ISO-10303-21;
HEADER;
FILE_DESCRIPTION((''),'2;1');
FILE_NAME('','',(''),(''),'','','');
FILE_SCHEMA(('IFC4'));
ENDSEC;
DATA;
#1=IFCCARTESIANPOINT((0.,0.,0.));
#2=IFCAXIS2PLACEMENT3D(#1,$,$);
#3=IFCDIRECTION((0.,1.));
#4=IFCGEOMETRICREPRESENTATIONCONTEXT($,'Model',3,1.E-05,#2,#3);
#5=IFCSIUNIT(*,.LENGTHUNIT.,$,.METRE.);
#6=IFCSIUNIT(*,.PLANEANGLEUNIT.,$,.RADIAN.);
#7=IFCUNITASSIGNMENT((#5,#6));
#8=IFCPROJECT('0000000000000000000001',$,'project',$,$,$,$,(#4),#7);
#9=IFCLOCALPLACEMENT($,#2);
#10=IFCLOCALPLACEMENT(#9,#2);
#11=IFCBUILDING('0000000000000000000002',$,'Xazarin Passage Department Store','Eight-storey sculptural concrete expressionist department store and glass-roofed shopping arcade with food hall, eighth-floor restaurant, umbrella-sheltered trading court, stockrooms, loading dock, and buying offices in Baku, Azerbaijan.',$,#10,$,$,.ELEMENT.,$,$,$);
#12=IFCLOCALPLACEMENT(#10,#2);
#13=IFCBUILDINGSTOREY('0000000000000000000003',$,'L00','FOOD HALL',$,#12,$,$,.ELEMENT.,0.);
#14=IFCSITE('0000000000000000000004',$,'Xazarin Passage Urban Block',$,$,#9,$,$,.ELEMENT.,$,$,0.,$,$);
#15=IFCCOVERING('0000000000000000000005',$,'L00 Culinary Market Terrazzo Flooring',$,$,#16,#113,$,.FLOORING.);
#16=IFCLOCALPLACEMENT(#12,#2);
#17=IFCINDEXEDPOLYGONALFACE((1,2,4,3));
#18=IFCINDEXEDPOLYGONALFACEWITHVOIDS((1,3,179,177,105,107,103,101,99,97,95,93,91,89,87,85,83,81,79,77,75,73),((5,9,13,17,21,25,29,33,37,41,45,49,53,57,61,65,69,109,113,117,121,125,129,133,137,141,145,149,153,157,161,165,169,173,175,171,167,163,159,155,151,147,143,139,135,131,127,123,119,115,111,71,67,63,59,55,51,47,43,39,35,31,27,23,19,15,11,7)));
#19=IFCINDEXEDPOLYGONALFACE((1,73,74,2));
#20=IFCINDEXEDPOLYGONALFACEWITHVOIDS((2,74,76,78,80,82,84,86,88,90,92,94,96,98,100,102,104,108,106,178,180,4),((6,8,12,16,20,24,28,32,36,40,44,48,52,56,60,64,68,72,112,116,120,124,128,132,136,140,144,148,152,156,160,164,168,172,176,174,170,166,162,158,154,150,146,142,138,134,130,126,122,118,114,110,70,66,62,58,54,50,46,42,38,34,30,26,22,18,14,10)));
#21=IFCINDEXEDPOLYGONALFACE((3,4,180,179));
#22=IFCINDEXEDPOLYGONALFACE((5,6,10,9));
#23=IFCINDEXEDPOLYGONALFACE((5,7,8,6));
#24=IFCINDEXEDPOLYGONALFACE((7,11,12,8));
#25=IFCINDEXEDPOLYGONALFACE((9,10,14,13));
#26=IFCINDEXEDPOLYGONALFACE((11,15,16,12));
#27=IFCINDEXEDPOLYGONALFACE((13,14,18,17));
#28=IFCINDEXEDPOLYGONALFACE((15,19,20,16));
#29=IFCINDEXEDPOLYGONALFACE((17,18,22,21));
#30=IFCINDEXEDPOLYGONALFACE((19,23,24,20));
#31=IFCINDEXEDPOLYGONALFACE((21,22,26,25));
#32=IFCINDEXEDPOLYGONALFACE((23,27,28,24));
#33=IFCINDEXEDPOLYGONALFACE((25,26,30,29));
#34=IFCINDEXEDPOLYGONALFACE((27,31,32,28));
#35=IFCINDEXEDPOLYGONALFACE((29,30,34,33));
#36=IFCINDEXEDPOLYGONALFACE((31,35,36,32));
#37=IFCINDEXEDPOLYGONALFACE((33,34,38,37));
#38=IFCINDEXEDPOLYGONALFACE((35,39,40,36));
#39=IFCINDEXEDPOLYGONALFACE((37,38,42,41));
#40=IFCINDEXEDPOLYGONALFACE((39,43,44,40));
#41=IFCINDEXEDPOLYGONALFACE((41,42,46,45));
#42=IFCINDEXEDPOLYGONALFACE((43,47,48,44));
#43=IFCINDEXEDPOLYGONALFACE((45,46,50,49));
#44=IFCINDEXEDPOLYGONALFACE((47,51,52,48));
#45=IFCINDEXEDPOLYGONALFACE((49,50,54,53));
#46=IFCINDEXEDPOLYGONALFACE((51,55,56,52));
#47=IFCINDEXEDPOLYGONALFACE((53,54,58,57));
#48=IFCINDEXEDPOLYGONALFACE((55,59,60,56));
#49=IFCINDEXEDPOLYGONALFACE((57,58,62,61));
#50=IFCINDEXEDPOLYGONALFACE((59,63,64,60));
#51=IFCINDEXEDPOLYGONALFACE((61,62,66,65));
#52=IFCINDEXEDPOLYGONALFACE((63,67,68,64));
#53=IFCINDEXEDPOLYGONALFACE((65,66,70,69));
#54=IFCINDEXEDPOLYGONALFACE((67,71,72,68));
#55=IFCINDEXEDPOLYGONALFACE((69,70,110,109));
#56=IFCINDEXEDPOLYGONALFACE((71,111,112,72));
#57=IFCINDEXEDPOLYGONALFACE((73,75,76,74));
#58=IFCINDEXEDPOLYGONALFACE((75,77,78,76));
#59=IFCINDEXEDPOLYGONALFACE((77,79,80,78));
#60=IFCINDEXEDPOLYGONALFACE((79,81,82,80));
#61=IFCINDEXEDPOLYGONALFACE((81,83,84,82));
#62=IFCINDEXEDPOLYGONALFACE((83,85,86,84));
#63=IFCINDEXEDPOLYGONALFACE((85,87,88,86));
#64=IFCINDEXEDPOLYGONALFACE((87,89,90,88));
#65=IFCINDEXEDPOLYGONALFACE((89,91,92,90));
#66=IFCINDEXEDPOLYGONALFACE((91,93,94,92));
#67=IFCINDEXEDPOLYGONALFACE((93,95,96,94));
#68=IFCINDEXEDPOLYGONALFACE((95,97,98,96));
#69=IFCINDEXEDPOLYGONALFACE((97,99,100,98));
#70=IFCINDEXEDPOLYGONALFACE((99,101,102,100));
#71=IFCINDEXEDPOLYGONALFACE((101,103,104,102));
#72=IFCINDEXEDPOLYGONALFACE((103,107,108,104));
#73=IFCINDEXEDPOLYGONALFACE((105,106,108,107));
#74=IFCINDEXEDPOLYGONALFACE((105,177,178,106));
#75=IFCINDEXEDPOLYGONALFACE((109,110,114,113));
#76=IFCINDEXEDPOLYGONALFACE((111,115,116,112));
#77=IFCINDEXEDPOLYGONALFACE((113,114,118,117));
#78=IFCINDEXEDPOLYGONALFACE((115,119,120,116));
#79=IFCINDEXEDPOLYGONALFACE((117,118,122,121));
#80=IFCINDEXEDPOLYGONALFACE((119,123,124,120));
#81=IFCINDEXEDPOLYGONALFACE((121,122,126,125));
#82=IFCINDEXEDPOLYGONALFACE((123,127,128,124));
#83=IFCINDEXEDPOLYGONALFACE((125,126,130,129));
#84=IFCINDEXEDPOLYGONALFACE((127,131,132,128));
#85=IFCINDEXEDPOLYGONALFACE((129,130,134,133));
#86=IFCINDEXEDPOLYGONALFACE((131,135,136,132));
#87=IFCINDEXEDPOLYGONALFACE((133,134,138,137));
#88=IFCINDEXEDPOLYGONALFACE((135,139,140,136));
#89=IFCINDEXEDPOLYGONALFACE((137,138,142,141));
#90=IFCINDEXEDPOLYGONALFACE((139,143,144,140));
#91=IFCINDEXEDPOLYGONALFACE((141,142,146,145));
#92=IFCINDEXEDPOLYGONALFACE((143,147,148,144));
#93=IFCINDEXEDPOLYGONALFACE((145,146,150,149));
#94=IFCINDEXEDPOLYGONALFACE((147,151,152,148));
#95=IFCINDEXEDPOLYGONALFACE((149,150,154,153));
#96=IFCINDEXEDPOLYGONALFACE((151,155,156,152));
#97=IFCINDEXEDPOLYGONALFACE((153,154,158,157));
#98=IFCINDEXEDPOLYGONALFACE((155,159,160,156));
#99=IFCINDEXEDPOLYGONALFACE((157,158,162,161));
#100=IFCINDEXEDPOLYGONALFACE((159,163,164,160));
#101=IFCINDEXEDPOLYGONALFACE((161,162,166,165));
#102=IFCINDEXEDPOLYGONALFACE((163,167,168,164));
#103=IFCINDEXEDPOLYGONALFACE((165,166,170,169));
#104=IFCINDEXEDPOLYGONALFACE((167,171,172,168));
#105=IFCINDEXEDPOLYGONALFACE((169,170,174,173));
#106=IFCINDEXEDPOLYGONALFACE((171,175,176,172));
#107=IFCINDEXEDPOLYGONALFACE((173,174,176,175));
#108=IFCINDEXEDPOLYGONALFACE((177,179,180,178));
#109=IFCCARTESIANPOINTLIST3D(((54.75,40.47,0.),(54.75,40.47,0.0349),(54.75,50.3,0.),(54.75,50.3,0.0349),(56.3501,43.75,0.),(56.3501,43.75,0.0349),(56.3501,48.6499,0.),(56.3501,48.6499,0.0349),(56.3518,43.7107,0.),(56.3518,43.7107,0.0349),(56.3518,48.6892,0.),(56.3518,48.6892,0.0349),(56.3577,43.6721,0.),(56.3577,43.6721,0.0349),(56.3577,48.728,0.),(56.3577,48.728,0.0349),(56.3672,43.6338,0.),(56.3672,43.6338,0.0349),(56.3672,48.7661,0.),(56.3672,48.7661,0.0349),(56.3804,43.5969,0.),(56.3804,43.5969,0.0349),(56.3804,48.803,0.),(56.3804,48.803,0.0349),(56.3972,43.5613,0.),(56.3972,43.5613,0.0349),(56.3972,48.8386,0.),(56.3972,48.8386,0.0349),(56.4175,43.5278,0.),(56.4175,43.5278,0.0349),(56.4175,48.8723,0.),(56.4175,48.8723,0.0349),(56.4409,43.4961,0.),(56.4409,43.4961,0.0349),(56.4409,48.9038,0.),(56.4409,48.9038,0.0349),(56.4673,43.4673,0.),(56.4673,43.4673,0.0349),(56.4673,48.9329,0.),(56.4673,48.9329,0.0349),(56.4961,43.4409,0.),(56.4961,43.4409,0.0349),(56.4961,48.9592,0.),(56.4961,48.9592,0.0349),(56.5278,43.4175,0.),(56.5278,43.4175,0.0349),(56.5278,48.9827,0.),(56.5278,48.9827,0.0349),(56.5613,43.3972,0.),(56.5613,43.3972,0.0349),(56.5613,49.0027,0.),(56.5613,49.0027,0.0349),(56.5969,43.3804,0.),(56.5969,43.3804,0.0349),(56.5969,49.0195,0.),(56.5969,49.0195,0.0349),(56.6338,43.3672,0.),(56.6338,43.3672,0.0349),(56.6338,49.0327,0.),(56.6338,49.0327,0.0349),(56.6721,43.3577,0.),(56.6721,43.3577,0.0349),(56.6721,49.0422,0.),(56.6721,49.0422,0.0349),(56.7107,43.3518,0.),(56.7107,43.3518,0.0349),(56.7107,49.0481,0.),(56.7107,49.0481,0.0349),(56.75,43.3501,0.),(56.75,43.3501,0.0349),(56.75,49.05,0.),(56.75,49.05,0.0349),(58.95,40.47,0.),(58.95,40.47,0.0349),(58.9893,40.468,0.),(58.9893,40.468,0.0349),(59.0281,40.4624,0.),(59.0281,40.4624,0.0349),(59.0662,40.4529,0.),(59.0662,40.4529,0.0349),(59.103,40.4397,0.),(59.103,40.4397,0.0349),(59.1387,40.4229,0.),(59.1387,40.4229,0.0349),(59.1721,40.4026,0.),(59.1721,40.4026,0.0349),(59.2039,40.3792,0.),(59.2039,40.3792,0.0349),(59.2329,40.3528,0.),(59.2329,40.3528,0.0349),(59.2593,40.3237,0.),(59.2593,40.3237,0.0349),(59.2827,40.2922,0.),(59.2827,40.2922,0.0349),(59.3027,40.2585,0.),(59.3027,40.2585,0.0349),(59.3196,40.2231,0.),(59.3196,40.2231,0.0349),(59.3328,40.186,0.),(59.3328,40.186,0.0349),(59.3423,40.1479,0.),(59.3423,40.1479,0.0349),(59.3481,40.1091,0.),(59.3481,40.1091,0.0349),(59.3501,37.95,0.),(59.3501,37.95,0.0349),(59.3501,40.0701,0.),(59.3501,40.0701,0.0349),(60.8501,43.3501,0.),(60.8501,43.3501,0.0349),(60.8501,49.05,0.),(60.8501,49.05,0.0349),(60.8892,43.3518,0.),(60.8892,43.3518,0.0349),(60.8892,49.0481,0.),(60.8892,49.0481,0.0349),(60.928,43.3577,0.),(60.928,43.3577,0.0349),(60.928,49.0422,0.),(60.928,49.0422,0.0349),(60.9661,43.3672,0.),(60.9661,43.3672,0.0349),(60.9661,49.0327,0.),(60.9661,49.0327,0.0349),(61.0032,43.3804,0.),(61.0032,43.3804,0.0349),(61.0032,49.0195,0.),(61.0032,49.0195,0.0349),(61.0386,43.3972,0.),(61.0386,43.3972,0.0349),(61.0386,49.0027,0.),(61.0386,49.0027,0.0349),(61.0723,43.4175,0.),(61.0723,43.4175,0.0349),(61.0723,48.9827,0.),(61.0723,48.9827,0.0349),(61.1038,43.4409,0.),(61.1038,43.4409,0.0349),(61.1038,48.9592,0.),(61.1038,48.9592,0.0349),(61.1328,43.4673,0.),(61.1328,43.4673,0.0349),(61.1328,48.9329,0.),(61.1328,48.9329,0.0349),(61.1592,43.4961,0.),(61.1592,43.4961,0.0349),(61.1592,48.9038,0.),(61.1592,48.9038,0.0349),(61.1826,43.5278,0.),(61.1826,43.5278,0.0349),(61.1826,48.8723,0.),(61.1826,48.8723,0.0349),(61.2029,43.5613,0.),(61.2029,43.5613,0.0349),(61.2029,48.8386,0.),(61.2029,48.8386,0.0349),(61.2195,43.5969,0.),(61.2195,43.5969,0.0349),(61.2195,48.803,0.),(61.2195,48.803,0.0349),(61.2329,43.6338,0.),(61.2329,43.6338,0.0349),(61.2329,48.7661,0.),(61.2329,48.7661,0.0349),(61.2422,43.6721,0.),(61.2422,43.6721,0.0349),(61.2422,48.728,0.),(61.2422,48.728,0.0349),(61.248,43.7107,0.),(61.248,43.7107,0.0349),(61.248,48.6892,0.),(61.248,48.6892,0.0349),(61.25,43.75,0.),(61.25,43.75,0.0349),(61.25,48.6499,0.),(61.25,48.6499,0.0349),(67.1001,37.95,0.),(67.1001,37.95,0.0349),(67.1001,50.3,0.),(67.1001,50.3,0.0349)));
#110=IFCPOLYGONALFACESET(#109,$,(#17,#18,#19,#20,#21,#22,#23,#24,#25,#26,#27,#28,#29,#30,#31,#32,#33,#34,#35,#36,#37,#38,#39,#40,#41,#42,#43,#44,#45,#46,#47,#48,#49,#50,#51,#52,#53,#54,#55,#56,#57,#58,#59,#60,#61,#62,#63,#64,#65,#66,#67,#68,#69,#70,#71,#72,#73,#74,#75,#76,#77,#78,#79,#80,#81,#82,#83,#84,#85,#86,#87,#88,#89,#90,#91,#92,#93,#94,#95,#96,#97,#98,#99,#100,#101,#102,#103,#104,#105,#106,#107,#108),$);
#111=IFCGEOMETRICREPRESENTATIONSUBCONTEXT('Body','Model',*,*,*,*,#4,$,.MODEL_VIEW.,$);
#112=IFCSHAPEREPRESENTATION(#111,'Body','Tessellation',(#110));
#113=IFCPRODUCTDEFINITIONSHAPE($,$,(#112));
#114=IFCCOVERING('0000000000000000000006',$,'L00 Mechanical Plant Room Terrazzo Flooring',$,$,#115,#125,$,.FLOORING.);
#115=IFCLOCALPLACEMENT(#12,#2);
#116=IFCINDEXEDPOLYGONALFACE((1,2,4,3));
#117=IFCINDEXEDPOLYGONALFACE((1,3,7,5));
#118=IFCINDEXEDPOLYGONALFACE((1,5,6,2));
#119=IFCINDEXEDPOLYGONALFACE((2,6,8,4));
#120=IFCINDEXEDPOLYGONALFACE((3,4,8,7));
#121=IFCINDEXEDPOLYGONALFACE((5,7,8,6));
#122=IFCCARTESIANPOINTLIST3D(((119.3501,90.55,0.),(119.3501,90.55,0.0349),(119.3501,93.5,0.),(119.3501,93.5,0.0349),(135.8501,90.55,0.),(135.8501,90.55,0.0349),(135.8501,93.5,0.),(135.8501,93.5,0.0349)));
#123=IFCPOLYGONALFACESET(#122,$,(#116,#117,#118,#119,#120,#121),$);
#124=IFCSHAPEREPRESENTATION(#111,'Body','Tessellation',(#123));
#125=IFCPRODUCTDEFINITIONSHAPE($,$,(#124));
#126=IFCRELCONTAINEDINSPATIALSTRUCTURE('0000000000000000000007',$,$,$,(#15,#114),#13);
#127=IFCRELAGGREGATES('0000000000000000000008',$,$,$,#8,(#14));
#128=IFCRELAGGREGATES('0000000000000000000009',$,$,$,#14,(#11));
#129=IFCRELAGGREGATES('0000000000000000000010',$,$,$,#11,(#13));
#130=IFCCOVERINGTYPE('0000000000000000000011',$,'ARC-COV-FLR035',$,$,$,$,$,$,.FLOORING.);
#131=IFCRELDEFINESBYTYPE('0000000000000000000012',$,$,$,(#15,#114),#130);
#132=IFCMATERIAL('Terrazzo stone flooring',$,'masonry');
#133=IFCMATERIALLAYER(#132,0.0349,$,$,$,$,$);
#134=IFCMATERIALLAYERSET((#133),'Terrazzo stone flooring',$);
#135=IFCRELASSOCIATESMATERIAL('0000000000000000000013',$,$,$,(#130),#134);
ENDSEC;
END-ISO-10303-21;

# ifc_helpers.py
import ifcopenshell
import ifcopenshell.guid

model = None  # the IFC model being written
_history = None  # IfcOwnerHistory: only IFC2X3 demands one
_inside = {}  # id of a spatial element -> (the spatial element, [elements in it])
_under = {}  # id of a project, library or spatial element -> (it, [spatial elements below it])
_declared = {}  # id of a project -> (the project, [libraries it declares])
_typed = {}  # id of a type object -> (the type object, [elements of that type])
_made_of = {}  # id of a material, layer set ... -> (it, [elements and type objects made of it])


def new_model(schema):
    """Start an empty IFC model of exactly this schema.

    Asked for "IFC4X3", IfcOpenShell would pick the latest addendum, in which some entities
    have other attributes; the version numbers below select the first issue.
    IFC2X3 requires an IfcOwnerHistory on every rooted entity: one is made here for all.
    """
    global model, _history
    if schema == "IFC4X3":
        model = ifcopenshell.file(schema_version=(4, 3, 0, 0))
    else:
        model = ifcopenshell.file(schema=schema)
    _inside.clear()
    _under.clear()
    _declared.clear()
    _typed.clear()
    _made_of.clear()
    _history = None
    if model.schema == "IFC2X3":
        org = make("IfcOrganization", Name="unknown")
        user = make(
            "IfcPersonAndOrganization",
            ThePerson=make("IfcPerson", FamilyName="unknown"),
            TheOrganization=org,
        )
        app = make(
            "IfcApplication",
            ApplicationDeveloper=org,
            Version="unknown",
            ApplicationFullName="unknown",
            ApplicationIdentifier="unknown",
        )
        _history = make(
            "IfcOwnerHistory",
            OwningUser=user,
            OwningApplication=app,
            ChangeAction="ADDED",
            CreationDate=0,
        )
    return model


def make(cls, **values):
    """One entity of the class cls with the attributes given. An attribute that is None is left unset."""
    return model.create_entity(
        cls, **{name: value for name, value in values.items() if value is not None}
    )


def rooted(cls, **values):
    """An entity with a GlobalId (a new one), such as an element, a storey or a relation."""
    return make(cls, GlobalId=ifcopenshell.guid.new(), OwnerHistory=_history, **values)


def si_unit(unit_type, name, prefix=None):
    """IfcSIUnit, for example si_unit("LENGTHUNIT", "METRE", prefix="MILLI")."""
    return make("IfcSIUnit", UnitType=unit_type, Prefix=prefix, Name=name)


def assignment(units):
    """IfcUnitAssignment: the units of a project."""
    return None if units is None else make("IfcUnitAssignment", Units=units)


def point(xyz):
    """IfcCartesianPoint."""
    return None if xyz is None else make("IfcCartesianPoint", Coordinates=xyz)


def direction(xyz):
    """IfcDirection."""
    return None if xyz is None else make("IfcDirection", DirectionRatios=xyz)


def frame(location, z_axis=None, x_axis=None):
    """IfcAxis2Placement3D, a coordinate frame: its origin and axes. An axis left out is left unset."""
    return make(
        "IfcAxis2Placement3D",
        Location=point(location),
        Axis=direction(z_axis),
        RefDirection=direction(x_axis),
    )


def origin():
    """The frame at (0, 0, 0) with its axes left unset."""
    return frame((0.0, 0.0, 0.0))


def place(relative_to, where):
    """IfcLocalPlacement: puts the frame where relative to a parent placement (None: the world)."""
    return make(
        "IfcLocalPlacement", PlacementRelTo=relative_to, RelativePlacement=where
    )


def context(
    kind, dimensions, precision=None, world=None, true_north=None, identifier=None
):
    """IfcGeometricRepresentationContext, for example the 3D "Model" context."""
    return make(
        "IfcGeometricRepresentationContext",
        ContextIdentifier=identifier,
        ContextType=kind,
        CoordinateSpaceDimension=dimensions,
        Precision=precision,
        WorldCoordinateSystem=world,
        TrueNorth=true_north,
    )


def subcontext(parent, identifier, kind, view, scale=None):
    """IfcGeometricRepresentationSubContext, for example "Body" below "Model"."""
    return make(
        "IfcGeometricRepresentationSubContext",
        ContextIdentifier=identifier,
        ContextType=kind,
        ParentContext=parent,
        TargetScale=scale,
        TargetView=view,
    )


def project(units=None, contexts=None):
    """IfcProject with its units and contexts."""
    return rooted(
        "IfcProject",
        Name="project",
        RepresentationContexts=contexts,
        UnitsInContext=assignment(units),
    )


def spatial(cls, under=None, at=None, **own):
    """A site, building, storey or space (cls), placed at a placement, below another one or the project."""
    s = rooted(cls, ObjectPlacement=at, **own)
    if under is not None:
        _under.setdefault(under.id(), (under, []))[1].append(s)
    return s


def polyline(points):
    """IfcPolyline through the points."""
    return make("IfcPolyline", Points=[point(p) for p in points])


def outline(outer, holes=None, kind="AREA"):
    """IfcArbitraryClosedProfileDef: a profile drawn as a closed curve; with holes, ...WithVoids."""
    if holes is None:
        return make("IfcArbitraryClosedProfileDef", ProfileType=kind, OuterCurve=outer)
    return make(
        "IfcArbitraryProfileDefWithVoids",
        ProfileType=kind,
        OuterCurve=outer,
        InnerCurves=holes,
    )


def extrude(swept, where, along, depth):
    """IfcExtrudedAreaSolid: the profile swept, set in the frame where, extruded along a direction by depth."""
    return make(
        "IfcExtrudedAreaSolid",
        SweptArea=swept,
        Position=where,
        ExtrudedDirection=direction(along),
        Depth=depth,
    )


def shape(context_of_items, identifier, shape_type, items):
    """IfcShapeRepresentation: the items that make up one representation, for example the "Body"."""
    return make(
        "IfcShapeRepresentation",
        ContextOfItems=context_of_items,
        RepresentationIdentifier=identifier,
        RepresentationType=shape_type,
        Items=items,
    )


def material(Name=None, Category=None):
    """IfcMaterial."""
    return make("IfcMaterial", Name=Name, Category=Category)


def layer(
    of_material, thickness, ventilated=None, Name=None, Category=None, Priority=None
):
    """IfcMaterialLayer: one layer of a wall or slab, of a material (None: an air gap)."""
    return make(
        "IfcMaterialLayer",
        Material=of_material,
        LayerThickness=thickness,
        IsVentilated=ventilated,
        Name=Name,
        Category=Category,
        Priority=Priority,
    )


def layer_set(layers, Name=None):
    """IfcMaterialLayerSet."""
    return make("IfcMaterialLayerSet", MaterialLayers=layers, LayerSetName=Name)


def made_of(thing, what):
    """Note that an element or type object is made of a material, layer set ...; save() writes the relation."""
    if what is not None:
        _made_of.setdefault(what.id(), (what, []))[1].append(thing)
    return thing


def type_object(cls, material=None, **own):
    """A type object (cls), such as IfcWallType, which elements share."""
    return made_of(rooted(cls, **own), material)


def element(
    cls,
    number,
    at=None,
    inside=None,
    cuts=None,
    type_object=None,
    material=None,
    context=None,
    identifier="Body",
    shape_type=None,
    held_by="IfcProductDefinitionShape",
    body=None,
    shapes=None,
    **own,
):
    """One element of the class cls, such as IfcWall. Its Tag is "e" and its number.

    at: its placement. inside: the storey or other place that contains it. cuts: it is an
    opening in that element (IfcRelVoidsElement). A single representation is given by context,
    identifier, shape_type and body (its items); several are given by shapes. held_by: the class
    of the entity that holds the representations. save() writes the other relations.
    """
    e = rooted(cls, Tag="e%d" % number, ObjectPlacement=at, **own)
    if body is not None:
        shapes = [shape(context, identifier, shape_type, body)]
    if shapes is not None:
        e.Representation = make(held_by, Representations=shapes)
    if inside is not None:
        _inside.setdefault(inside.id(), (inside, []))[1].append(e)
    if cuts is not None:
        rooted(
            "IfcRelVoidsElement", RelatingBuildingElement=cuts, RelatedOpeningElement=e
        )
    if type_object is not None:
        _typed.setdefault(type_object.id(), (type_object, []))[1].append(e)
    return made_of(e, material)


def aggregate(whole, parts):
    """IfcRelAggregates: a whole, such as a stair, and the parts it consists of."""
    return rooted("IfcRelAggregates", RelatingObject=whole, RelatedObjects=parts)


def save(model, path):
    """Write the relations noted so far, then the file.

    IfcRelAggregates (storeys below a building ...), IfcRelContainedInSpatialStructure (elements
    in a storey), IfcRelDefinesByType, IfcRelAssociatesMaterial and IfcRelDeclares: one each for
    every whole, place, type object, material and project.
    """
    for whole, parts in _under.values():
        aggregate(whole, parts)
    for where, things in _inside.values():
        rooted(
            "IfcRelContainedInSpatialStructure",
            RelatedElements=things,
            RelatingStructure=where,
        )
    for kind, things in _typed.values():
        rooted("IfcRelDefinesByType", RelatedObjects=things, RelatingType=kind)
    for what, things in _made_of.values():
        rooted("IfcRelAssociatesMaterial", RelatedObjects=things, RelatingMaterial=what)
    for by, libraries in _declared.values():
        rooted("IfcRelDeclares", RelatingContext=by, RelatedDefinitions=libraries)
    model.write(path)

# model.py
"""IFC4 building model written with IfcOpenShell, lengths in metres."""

from ifc_helpers import new_model, si_unit, direction, origin, place, context, subcontext, project, spatial, polyline, outline, extrude, material, layer, layer_set, type_object, element, save


model = new_model("IFC4")

# Units and contexts
model_context = context("Model", 3, precision=1e-05, world=origin(), true_north=direction((0.0, 1.0)))
body_context = subcontext(model_context, "Body", "Model", "MODEL_VIEW")
ifc_project = project(units=[si_unit("LENGTHUNIT", "METRE"), si_unit("PLANEANGLEUNIT", "RADIAN")], contexts=[model_context])

# Site, building, storey
site_placement = place(None, origin())
site = spatial("IfcSite", under=ifc_project, at=site_placement, Name="Xazarin Passage Urban Block", CompositionType="ELEMENT", RefElevation=0.0)
building_placement = place(site_placement, origin())
building = spatial("IfcBuilding", under=site, at=building_placement, Name="Xazarin Passage Department Store", Description="Eight-storey sculptural concrete expressionist department store and glass-roofed shopping arcade with food hall, eighth-floor restaurant, umbrella-sheltered trading court, stockrooms, loading dock, and buying offices in Baku, Azerbaijan.", CompositionType="ELEMENT")
storey_placement = place(building_placement, origin())
storey = spatial("IfcBuildingStorey", under=building, at=storey_placement, Name="L00", Description="FOOD HALL", CompositionType="ELEMENT", Elevation=0.0)

# Coverings
ifc_material_1 = material(Name="Terrazzo stone flooring", Category="masonry")
ifc_layer_1 = layer(ifc_material_1, 0.0349)
ifc_layer_set_1 = layer_set([ifc_layer_1], Name="Terrazzo stone flooring")
covering_type_1 = type_object("IfcCoveringType", Name="ARC-COV-FLR035", PredefinedType="FLOORING", material=ifc_layer_set_1)
covering_1_placement = place(storey_placement, origin())
element("IfcCovering", 1, at=covering_1_placement, inside=storey, type_object=covering_type_1, Name="L00 Culinary Market Terrazzo Flooring", PredefinedType="FLOORING", context=body_context, shape_type="SweptSolid", body=[
    extrude(outline(polyline([(54.75, 40.47), (58.95, 40.47), (58.9893, 40.468), (59.0281, 40.4624), (59.0662, 40.4529), (59.103, 40.4397), (59.1387, 40.4229), (59.1721, 40.4026), (59.2039, 40.3792), (59.2329, 40.3528), (59.2593, 40.3237), (59.2827, 40.2922), (59.3027, 40.2585), (59.3196, 40.2231), (59.3328, 40.186), (59.3423, 40.1479), (59.3481, 40.1091), (59.3501, 40.0701), (59.3501, 37.95), (67.1001, 37.95), (67.1001, 50.3), (54.75, 50.3), (54.75, 40.47)]), holes=[polyline([(56.75, 43.3501), (56.7107, 43.3518), (56.6721, 43.3577), (56.6338, 43.3672), (56.5969, 43.3804), (56.5613, 43.3972), (56.5278, 43.4175), (56.4961, 43.4409), (56.4673, 43.4673), (56.4409, 43.4961), (56.4175, 43.5278), (56.3972, 43.5613), (56.3804, 43.5969), (56.3672, 43.6338), (56.3577, 43.6721), (56.3518, 43.7107), (56.3501, 43.75), (56.3501, 48.6499), (56.3518, 48.6892), (56.3577, 48.728), (56.3672, 48.7661), (56.3804, 48.803), (56.3972, 48.8386), (56.4175, 48.8723), (56.4409, 48.9038), (56.4673, 48.9329), (56.4961, 48.9592), (56.5278, 48.9827), (56.5613, 49.0027), (56.5969, 49.0195), (56.6338, 49.0327), (56.6721, 49.0422), (56.7107, 49.0481), (56.75, 49.05), (60.8501, 49.05), (60.8892, 49.0481), (60.928, 49.0422), (60.9661, 49.0327), (61.0032, 49.0195), (61.0386, 49.0027), (61.0723, 48.9827), (61.1038, 48.9592), (61.1328, 48.9329), (61.1592, 48.9038), (61.1826, 48.8723), (61.2029, 48.8386), (61.2195, 48.803), (61.2329, 48.7661), (61.2422, 48.728), (61.248, 48.6892), (61.25, 48.6499), (61.25, 43.75), (61.248, 43.7107), (61.2422, 43.6721), (61.2329, 43.6338), (61.2195, 43.5969), (61.2029, 43.5613), (61.1826, 43.5278), (61.1592, 43.4961), (61.1328, 43.4673), (61.1038, 43.4409), (61.0723, 43.4175), (61.0386, 43.3972), (61.0032, 43.3804), (60.9661, 43.3672), (60.928, 43.3577), (60.8892, 43.3518), (60.8501, 43.3501), (56.75, 43.3501)])]), origin(), (0.0, 0.0, 1.0), 0.0349),
])
covering_2_placement = place(storey_placement, origin())
element("IfcCovering", 2, at=covering_2_placement, inside=storey, type_object=covering_type_1, Name="L00 Mechanical Plant Room Terrazzo Flooring", PredefinedType="FLOORING", context=body_context, shape_type="SweptSolid", body=[
    extrude(outline(polyline([(135.8501, 93.5), (119.3501, 93.5), (119.3501, 90.55), (135.8501, 90.55), (135.8501, 93.5)])), origin(), (0.0, 0.0, 1.0), 0.0349),
])

save(model, "model.ifc")
